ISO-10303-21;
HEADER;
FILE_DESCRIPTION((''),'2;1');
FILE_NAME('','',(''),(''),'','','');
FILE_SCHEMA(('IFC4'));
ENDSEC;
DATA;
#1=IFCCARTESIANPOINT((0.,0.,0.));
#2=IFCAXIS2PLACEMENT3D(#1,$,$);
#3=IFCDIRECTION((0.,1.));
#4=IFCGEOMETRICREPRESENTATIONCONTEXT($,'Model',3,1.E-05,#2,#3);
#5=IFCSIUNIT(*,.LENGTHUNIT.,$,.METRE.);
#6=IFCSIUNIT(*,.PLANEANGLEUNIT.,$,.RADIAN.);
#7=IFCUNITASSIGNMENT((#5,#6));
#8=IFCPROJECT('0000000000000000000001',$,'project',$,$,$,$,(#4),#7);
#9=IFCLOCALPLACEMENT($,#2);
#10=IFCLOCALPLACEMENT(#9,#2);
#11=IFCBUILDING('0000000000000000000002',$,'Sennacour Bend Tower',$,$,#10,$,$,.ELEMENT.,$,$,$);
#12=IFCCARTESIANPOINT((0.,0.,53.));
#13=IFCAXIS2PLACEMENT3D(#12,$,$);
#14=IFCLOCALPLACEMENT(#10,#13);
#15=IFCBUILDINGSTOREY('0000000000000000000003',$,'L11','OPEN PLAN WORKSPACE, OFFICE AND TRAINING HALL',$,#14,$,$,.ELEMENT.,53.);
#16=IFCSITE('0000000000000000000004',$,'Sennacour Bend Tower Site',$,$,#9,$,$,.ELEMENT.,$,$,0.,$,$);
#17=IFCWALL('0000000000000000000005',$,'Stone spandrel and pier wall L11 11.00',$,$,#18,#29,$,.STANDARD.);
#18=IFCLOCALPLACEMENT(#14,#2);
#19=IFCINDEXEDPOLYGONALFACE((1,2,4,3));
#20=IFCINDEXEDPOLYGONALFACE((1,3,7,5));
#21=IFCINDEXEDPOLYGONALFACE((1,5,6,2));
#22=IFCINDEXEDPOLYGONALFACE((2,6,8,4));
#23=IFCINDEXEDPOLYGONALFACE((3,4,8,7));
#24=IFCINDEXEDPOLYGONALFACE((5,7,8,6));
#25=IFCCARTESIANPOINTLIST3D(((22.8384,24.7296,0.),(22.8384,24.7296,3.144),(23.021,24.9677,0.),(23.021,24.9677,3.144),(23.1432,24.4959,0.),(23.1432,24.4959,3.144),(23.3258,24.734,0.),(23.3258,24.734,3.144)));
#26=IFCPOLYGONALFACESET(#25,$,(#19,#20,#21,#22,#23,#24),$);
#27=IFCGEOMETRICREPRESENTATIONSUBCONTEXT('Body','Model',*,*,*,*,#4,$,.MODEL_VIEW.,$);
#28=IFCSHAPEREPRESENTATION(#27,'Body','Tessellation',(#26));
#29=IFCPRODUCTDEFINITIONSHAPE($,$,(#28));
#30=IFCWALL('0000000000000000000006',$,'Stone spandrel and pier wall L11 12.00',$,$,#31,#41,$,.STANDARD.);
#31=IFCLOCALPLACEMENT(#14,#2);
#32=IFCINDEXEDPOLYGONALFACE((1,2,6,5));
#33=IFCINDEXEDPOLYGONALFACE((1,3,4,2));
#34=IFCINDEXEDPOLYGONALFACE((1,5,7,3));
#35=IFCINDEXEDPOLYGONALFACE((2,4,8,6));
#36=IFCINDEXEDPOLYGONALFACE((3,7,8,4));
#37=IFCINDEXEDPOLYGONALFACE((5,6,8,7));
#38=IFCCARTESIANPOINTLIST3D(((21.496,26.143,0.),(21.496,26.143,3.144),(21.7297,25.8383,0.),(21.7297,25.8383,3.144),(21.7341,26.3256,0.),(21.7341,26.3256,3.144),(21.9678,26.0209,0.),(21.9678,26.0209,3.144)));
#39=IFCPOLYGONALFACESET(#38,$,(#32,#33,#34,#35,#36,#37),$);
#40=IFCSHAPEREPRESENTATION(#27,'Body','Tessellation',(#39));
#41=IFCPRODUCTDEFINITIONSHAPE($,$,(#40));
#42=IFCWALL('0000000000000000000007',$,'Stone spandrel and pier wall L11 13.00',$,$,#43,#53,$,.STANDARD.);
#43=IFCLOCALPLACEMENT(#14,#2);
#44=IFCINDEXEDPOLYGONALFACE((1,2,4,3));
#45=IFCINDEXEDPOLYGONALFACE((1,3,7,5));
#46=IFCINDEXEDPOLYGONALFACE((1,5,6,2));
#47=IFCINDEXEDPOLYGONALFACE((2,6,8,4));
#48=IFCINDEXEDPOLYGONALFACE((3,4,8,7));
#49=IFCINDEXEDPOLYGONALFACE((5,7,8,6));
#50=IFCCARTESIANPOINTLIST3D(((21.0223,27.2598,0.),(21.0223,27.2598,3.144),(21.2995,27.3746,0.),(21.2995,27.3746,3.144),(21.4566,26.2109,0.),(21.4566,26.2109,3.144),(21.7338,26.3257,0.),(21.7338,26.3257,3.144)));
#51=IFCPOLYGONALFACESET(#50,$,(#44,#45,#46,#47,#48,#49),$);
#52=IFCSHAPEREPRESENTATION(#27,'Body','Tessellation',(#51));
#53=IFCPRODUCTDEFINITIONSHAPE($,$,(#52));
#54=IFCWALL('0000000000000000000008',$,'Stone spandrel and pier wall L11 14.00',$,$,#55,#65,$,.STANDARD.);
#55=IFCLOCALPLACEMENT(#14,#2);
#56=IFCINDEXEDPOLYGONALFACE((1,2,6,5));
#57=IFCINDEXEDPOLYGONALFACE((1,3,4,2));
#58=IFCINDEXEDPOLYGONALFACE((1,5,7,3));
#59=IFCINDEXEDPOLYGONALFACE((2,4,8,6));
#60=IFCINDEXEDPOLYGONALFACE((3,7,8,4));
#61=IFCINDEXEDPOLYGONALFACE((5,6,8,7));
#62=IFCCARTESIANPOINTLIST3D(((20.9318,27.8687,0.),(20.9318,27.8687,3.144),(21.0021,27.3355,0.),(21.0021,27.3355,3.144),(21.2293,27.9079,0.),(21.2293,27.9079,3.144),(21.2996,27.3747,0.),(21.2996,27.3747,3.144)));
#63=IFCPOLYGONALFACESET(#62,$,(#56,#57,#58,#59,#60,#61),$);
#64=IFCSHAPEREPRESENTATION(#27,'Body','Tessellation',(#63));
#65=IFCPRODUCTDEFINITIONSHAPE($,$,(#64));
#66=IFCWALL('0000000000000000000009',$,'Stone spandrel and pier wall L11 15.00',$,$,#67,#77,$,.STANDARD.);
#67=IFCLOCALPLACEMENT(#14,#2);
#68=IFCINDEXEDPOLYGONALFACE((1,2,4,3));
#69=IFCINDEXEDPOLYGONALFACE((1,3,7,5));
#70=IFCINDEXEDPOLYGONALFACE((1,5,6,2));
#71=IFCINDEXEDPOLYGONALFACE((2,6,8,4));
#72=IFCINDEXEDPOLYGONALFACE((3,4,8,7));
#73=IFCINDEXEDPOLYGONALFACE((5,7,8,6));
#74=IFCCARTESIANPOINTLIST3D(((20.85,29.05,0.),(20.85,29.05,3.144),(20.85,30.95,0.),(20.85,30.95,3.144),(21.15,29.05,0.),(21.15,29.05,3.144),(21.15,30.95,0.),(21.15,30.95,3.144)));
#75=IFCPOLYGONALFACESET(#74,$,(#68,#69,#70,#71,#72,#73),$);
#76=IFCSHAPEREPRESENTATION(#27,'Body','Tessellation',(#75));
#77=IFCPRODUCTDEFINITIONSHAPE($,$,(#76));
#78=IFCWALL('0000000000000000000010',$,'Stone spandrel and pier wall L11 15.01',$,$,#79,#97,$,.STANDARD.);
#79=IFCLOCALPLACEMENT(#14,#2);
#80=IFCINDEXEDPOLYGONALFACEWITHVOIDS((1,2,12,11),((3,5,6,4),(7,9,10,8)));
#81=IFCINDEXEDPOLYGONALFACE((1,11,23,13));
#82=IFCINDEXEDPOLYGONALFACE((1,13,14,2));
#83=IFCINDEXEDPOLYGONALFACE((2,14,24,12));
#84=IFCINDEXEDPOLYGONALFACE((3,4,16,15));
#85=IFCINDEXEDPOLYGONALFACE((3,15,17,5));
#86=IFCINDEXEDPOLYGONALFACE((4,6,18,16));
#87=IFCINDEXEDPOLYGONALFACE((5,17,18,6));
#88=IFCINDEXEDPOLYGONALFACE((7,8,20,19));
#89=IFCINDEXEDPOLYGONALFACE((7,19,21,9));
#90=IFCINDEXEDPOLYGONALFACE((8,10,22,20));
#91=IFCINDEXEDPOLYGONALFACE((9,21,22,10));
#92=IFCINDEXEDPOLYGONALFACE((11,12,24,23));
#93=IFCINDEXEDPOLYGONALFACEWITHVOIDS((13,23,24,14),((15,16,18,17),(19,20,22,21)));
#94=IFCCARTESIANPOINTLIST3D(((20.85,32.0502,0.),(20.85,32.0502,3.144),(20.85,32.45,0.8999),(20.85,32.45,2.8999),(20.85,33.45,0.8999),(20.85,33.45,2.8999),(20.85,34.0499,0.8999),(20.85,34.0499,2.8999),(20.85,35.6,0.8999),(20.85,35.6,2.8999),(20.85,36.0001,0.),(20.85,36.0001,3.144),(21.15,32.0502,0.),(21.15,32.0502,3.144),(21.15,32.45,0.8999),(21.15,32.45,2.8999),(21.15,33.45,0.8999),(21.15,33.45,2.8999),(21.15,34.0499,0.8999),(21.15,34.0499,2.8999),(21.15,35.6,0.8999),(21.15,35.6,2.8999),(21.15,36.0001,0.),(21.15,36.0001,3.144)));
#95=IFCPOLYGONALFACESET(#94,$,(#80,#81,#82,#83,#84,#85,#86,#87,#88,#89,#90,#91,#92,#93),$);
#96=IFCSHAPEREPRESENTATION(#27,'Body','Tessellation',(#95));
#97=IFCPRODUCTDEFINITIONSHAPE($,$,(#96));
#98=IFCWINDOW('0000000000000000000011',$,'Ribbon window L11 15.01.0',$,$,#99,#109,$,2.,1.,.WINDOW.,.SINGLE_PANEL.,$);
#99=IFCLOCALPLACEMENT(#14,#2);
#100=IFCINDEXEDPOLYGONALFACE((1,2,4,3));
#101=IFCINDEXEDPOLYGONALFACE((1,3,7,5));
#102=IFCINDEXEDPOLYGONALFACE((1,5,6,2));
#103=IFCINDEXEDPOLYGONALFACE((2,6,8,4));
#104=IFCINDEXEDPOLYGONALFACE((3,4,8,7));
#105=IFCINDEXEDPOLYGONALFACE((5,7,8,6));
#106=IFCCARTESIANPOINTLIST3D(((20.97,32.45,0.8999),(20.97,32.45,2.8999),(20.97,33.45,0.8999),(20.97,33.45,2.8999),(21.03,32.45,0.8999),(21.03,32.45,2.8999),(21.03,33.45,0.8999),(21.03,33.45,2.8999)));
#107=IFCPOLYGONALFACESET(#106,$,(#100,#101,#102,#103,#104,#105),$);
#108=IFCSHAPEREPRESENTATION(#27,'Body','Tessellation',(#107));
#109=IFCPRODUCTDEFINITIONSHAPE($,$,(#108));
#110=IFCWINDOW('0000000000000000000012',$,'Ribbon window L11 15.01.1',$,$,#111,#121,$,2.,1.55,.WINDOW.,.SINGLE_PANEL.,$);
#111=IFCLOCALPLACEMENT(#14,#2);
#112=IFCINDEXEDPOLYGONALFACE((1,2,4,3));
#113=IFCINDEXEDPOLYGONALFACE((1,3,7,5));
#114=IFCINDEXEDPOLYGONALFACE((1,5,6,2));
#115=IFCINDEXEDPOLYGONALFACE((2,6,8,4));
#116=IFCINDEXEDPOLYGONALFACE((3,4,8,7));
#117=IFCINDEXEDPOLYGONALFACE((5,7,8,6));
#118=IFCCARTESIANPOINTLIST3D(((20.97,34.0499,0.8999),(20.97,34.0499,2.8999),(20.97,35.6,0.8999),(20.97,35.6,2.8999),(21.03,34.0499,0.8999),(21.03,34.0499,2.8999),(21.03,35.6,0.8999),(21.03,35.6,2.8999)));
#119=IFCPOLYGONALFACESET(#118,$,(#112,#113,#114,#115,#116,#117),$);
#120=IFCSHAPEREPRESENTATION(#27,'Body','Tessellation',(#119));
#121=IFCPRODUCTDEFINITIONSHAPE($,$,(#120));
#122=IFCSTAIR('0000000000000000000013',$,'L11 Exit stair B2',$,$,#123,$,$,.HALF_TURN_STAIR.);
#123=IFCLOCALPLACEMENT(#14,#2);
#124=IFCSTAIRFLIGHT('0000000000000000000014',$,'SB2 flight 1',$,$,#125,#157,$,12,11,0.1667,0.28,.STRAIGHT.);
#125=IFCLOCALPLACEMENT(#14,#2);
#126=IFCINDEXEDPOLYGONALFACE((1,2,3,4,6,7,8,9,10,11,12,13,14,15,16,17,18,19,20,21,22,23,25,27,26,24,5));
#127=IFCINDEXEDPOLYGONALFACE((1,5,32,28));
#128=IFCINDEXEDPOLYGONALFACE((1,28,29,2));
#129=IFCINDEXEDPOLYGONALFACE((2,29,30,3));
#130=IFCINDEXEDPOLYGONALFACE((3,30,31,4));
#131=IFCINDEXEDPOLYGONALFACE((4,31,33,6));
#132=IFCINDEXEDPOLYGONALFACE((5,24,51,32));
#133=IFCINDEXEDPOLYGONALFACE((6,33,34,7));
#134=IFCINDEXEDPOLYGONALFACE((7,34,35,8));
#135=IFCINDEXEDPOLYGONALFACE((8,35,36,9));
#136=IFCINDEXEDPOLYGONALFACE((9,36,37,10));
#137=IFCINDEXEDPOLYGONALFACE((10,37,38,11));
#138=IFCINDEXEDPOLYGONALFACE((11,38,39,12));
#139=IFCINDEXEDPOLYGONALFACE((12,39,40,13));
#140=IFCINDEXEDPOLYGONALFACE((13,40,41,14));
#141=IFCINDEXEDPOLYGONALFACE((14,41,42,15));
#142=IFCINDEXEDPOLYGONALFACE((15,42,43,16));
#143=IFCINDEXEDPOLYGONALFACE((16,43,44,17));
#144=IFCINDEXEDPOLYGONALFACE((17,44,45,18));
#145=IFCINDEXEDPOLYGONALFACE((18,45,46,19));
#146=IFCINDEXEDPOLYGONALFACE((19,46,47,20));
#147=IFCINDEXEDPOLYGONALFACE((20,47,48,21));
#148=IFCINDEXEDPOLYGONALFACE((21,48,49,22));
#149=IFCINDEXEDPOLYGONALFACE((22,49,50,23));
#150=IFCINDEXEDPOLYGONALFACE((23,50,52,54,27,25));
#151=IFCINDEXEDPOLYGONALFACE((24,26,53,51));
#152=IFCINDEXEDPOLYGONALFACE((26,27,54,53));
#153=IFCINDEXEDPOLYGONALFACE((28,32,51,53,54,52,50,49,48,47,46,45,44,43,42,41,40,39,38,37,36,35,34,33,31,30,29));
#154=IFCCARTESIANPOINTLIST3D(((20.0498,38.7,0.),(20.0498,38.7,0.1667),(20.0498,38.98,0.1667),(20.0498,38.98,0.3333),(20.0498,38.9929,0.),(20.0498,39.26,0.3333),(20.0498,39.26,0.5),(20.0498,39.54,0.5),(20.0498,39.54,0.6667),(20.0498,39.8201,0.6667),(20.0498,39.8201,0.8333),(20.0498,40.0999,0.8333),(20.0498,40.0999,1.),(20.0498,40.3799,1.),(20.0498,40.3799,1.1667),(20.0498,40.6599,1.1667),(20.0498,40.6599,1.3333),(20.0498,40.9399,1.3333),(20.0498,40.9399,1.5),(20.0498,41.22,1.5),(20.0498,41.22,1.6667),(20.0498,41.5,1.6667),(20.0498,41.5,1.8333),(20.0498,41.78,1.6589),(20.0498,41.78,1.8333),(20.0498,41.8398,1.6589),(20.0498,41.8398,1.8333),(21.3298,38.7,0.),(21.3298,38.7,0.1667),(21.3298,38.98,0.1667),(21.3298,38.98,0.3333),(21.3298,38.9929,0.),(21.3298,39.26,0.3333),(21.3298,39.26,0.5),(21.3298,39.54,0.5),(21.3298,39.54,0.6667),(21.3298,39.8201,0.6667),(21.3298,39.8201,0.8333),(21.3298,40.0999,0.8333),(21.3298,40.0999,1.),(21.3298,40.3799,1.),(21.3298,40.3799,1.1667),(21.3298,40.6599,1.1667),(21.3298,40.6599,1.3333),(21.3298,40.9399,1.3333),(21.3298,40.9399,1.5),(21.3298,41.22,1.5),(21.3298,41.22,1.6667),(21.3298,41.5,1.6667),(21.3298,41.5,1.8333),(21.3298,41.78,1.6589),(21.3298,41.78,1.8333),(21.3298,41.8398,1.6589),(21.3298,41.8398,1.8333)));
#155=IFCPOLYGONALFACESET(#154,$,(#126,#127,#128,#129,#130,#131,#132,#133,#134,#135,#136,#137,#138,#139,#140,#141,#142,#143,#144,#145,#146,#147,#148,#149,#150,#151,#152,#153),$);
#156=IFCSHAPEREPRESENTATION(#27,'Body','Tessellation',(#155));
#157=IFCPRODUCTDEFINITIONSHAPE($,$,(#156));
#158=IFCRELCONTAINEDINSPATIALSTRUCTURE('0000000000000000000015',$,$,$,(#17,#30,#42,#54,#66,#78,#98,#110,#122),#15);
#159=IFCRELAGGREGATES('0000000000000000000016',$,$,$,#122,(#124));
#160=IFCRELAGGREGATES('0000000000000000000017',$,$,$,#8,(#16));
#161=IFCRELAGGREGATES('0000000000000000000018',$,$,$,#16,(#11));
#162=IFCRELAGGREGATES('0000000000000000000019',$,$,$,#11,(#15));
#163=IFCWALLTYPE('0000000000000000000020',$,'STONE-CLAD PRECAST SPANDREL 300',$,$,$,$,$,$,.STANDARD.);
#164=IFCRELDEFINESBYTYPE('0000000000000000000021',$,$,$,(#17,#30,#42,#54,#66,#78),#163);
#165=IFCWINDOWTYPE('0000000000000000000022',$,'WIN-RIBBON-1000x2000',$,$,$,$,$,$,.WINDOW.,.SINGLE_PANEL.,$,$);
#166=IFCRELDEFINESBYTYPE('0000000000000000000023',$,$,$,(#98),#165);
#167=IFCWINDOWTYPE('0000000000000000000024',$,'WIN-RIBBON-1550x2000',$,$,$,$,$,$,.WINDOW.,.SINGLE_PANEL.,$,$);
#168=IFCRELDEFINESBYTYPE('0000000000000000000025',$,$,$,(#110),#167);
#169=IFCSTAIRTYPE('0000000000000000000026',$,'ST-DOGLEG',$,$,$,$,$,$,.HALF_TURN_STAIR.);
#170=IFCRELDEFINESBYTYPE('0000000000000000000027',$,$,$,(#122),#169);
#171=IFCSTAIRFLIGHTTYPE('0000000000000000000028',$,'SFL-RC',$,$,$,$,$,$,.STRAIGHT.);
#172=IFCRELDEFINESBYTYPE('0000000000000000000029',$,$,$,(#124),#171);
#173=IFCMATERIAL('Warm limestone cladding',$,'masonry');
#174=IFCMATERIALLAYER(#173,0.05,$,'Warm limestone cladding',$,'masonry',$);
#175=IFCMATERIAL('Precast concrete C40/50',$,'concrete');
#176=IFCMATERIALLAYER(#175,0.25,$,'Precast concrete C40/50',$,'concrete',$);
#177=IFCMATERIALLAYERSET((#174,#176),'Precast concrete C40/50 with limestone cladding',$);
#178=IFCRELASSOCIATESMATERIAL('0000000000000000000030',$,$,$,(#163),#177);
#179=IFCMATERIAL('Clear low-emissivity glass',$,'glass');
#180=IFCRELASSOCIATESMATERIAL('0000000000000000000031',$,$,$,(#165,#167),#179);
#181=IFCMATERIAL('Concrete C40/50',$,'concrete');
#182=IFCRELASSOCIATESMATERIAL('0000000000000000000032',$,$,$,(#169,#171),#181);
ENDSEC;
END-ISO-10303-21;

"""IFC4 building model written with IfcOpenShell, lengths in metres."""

from ifc_helpers import new_model, si_unit, direction, frame, frame_2d, origin, place, context, subcontext, project, spatial, polyline, rectangle, outline, extrude, material, layer, layer_set, type_object, element, fill, aggregate, save


model = new_model("IFC4")

# Units and contexts
model_context = context("Model", 3, precision=1e-05, world=origin(), true_north=direction((0.0, 1.0)))
body_context = subcontext(model_context, "Body", "Model", "MODEL_VIEW")
ifc_project = project(units=[si_unit("LENGTHUNIT", "METRE"), si_unit("PLANEANGLEUNIT", "RADIAN")], contexts=[model_context])

# Site, building, storey
site_placement = place(None, origin())
site = spatial("IfcSite", under=ifc_project, at=site_placement, Name="Sennacour Bend Tower Site", CompositionType="ELEMENT", RefElevation=0.0)
building_placement = place(site_placement, origin())
building = spatial("IfcBuilding", under=site, at=building_placement, Name="Sennacour Bend Tower", CompositionType="ELEMENT")
storey_placement = place(building_placement, frame((0.0, 0.0, 53.0)))
storey = spatial("IfcBuildingStorey", under=building, at=storey_placement, Name="L11", Description="OPEN PLAN WORKSPACE, OFFICE AND TRAINING HALL", CompositionType="ELEMENT", Elevation=53.0)

# Shared definitions
ifc_material_1 = material(Name="Warm limestone cladding", Category="masonry")
ifc_layer_1 = layer(ifc_material_1, 0.05, Name="Warm limestone cladding", Category="masonry")
ifc_material_2 = material(Name="Precast concrete C40/50", Category="concrete")
ifc_layer_2 = layer(ifc_material_2, 0.25, Name="Precast concrete C40/50", Category="concrete")
ifc_layer_set_1 = layer_set([ifc_layer_1, ifc_layer_2], Name="Precast concrete C40/50 with limestone cladding")
wall_type_1 = type_object("IfcWallType", Name="STONE-CLAD PRECAST SPANDREL 300", PredefinedType="STANDARD", material=ifc_layer_set_1)
ifc_material_3 = material(Name="Clear low-emissivity glass", Category="glass")
window_type_1 = type_object("IfcWindowType", Name="WIN-RIBBON-1000x2000", PartitioningType="SINGLE_PANEL", PredefinedType="WINDOW", material=ifc_material_3)

# Walls
for number, where, z_axis, x_axis, name in (
    (1, (23.2344, 24.615, 0.0), (0.0, 0.0, 1.0), (-0.793545, 0.608512, 0.0), "Stone spandrel and pier wall L11 11.00"),
    (2, (21.8486, 25.9297, 0.0), (0.0, 0.0, 1.0), (-0.608512, 0.793545, 0.0), "Stone spandrel and pier wall L11 12.00"),
):
    element("IfcWall", number, at=place(storey_placement, frame(where, z_axis=z_axis, x_axis=x_axis)), inside=storey, type_object=wall_type_1, Name=name, PredefinedType="STANDARD", context=body_context, shape_type="SweptSolid", body=[
        extrude(rectangle(XDim=0.384, YDim=0.3, at=frame_2d((0.1919, 0.0))), origin(), (0.0, 0.0, 1.0), 3.144),
    ])
wall_1_placement = place(storey_placement, frame((21.5952, 26.2683, 0.0), z_axis=(0.0, 0.0, 1.0), x_axis=(-0.382599, 0.923915, 0.0)))
element("IfcWall", 3, at=wall_1_placement, inside=storey, type_object=wall_type_1, Name="Stone spandrel and pier wall L11 13.00", PredefinedType="STANDARD", context=body_context, shape_type="SweptSolid", body=[
    extrude(rectangle(XDim=1.1353, YDim=0.3, at=frame_2d((0.5676, 0.0))), origin(), (0.0, 0.0, 1.0), 3.144),
])
wall_2_placement = place(storey_placement, frame((21.1509, 27.355, 0.0), z_axis=(0.0, 0.0, 1.0), x_axis=(-0.130736, 0.991417, 0.0)))
element("IfcWall", 4, at=wall_2_placement, inside=storey, type_object=wall_type_1, Name="Stone spandrel and pier wall L11 14.00", PredefinedType="STANDARD", context=body_context, shape_type="SweptSolid", body=[
    extrude(rectangle(XDim=0.5378, YDim=0.3, at=frame_2d((0.269, 0.0))), origin(), (0.0, 0.0, 1.0), 3.144),
])
wall_3_placement = place(storey_placement, frame((21.0, 29.05, 0.0), z_axis=(0.0, 0.0, 1.0), x_axis=(0.0, 1.0, 0.0)))
element("IfcWall", 5, at=wall_3_placement, inside=storey, type_object=wall_type_1, Name="Stone spandrel and pier wall L11 15.00", PredefinedType="STANDARD", context=body_context, shape_type="SweptSolid", body=[
    extrude(rectangle(XDim=1.8999, YDim=0.3, at=frame_2d((0.95, 0.0))), origin(), (0.0, 0.0, 1.0), 3.144),
])

# Wall, openings, windows
wall_4_placement = place(storey_placement, frame((21.0, 32.05, 0.0), z_axis=(0.0, 0.0, 1.0), x_axis=(0.0, 1.0, 0.0)))
wall_4 = element("IfcWall", 6, at=wall_4_placement, inside=storey, type_object=wall_type_1, Name="Stone spandrel and pier wall L11 15.01", PredefinedType="STANDARD", context=body_context, shape_type="SweptSolid", body=[
    extrude(rectangle(XDim=3.95, YDim=0.3, at=frame_2d((1.9751, 0.0))), origin(), (0.0, 0.0, 1.0), 3.144),
])
opening_1_placement = place(wall_4_placement, frame((0.3999, 0.0, 0.8999)))
opening_1 = element("IfcOpeningElement", 7, at=opening_1_placement, cuts=wall_4, PredefinedType="OPENING", context=body_context, shape_type="SweptSolid", body=[
    extrude(rectangle(XDim=1.0, YDim=2.0, at=frame_2d((0.5, 1.0))), frame((0.0, 0.1602, 0.0), z_axis=(0.0, -1.0, 0.0), x_axis=(1.0, 0.0, 0.0)), (0.0, 0.0, 1.0), 0.3201),
])
opening_2_placement = place(wall_4_placement, frame((2.0, 0.0, 0.8999)))
opening_2 = element("IfcOpeningElement", 8, at=opening_2_placement, cuts=wall_4, PredefinedType="OPENING", context=body_context, shape_type="SweptSolid", body=[
    extrude(rectangle(XDim=1.55, YDim=2.0, at=frame_2d((0.7749, 1.0))), frame((0.0, 0.1602, 0.0), z_axis=(0.0, -1.0, 0.0), x_axis=(1.0, 0.0, 0.0)), (0.0, 0.0, 1.0), 0.3201),
])
window_1_placement = place(opening_1_placement, origin())
window_1 = element("IfcWindow", 9, at=window_1_placement, inside=storey, type_object=window_type_1, Name="Ribbon window L11 15.01.0", OverallHeight=2.0, OverallWidth=1.0, PartitioningType="SINGLE_PANEL", PredefinedType="WINDOW", context=body_context, shape_type="SweptSolid", body=[
    extrude(rectangle(XDim=1.0, YDim=2.0, at=frame_2d((0.5, 1.0))), frame((0.0, 0.03, 0.0), z_axis=(0.0, -1.0, 0.0), x_axis=(1.0, 0.0, 0.0)), (0.0, 0.0, 1.0), 0.0601),
])
fill(opening_1, window_1)
window_type_2 = type_object("IfcWindowType", Name="WIN-RIBBON-1550x2000", PartitioningType="SINGLE_PANEL", PredefinedType="WINDOW", material=ifc_material_3)
window_2_placement = place(opening_2_placement, origin())
window_2 = element("IfcWindow", 10, at=window_2_placement, inside=storey, type_object=window_type_2, Name="Ribbon window L11 15.01.1", OverallHeight=2.0, OverallWidth=1.55, PartitioningType="SINGLE_PANEL", PredefinedType="WINDOW", context=body_context, shape_type="SweptSolid", body=[
    extrude(rectangle(XDim=1.55, YDim=2.0, at=frame_2d((0.7749, 1.0))), frame((0.0, 0.03, 0.0), z_axis=(0.0, -1.0, 0.0), x_axis=(1.0, 0.0, 0.0)), (0.0, 0.0, 1.0), 0.0601),
])
fill(opening_2, window_2)

# Stair, stair flight
ifc_material_4 = material(Name="Concrete C40/50", Category="concrete")
stair_type = type_object("IfcStairType", Name="ST-DOGLEG", PredefinedType="HALF_TURN_STAIR", material=ifc_material_4)
stair_placement = place(storey_placement, origin())
stair = element("IfcStair", 11, at=stair_placement, inside=storey, type_object=stair_type, Name="L11 Exit stair B2", PredefinedType="HALF_TURN_STAIR")
stair_flight_type = type_object("IfcStairFlightType", Name="SFL-RC", PredefinedType="STRAIGHT", material=ifc_material_4)
stair_flight_placement = place(storey_placement, frame((20.6899, 38.7, 0.0), z_axis=(0.0, 0.0, 1.0), x_axis=(0.0, 1.0, 0.0)))
stair_flight = element("IfcStairFlight", 12, at=stair_flight_placement, type_object=stair_flight_type, Name="SB2 flight 1", NumberOfRisers=12, NumberOfTreads=11, PredefinedType="STRAIGHT", RiserHeight=0.1667, TreadLength=0.28, context=body_context, shape_type="SweptSolid", body=[
    extrude(outline(polyline([(0.0, 0.0), (0.0, 0.1667), (0.28, 0.1667), (0.28, 0.3333), (0.5601, 0.3333), (0.5601, 0.5), (0.8401, 0.5), (0.8401, 0.6667), (1.1201, 0.6667), (1.1201, 0.8333), (1.3999, 0.8333), (1.3999, 1.0), (1.6799, 1.0), (1.6799, 1.1667), (1.96, 1.1667), (1.96, 1.3333), (2.24, 1.3333), (2.24, 1.5), (2.52, 1.5), (2.52, 1.6667), (2.8, 1.6667), (2.8, 1.8333), (3.0801, 1.8333), (3.1399, 1.8333), (3.1399, 1.6589), (3.0801, 1.6589), (0.293, 0.0), (0.0, 0.0)])), frame((0.0, 0.6401, 0.0), z_axis=(0.0, -1.0, 0.0), x_axis=(1.0, 0.0, 0.0)), (0.0, 0.0, 1.0), 1.28),
])
aggregate(stair, [stair_flight])

save(model, "model.ifc")
